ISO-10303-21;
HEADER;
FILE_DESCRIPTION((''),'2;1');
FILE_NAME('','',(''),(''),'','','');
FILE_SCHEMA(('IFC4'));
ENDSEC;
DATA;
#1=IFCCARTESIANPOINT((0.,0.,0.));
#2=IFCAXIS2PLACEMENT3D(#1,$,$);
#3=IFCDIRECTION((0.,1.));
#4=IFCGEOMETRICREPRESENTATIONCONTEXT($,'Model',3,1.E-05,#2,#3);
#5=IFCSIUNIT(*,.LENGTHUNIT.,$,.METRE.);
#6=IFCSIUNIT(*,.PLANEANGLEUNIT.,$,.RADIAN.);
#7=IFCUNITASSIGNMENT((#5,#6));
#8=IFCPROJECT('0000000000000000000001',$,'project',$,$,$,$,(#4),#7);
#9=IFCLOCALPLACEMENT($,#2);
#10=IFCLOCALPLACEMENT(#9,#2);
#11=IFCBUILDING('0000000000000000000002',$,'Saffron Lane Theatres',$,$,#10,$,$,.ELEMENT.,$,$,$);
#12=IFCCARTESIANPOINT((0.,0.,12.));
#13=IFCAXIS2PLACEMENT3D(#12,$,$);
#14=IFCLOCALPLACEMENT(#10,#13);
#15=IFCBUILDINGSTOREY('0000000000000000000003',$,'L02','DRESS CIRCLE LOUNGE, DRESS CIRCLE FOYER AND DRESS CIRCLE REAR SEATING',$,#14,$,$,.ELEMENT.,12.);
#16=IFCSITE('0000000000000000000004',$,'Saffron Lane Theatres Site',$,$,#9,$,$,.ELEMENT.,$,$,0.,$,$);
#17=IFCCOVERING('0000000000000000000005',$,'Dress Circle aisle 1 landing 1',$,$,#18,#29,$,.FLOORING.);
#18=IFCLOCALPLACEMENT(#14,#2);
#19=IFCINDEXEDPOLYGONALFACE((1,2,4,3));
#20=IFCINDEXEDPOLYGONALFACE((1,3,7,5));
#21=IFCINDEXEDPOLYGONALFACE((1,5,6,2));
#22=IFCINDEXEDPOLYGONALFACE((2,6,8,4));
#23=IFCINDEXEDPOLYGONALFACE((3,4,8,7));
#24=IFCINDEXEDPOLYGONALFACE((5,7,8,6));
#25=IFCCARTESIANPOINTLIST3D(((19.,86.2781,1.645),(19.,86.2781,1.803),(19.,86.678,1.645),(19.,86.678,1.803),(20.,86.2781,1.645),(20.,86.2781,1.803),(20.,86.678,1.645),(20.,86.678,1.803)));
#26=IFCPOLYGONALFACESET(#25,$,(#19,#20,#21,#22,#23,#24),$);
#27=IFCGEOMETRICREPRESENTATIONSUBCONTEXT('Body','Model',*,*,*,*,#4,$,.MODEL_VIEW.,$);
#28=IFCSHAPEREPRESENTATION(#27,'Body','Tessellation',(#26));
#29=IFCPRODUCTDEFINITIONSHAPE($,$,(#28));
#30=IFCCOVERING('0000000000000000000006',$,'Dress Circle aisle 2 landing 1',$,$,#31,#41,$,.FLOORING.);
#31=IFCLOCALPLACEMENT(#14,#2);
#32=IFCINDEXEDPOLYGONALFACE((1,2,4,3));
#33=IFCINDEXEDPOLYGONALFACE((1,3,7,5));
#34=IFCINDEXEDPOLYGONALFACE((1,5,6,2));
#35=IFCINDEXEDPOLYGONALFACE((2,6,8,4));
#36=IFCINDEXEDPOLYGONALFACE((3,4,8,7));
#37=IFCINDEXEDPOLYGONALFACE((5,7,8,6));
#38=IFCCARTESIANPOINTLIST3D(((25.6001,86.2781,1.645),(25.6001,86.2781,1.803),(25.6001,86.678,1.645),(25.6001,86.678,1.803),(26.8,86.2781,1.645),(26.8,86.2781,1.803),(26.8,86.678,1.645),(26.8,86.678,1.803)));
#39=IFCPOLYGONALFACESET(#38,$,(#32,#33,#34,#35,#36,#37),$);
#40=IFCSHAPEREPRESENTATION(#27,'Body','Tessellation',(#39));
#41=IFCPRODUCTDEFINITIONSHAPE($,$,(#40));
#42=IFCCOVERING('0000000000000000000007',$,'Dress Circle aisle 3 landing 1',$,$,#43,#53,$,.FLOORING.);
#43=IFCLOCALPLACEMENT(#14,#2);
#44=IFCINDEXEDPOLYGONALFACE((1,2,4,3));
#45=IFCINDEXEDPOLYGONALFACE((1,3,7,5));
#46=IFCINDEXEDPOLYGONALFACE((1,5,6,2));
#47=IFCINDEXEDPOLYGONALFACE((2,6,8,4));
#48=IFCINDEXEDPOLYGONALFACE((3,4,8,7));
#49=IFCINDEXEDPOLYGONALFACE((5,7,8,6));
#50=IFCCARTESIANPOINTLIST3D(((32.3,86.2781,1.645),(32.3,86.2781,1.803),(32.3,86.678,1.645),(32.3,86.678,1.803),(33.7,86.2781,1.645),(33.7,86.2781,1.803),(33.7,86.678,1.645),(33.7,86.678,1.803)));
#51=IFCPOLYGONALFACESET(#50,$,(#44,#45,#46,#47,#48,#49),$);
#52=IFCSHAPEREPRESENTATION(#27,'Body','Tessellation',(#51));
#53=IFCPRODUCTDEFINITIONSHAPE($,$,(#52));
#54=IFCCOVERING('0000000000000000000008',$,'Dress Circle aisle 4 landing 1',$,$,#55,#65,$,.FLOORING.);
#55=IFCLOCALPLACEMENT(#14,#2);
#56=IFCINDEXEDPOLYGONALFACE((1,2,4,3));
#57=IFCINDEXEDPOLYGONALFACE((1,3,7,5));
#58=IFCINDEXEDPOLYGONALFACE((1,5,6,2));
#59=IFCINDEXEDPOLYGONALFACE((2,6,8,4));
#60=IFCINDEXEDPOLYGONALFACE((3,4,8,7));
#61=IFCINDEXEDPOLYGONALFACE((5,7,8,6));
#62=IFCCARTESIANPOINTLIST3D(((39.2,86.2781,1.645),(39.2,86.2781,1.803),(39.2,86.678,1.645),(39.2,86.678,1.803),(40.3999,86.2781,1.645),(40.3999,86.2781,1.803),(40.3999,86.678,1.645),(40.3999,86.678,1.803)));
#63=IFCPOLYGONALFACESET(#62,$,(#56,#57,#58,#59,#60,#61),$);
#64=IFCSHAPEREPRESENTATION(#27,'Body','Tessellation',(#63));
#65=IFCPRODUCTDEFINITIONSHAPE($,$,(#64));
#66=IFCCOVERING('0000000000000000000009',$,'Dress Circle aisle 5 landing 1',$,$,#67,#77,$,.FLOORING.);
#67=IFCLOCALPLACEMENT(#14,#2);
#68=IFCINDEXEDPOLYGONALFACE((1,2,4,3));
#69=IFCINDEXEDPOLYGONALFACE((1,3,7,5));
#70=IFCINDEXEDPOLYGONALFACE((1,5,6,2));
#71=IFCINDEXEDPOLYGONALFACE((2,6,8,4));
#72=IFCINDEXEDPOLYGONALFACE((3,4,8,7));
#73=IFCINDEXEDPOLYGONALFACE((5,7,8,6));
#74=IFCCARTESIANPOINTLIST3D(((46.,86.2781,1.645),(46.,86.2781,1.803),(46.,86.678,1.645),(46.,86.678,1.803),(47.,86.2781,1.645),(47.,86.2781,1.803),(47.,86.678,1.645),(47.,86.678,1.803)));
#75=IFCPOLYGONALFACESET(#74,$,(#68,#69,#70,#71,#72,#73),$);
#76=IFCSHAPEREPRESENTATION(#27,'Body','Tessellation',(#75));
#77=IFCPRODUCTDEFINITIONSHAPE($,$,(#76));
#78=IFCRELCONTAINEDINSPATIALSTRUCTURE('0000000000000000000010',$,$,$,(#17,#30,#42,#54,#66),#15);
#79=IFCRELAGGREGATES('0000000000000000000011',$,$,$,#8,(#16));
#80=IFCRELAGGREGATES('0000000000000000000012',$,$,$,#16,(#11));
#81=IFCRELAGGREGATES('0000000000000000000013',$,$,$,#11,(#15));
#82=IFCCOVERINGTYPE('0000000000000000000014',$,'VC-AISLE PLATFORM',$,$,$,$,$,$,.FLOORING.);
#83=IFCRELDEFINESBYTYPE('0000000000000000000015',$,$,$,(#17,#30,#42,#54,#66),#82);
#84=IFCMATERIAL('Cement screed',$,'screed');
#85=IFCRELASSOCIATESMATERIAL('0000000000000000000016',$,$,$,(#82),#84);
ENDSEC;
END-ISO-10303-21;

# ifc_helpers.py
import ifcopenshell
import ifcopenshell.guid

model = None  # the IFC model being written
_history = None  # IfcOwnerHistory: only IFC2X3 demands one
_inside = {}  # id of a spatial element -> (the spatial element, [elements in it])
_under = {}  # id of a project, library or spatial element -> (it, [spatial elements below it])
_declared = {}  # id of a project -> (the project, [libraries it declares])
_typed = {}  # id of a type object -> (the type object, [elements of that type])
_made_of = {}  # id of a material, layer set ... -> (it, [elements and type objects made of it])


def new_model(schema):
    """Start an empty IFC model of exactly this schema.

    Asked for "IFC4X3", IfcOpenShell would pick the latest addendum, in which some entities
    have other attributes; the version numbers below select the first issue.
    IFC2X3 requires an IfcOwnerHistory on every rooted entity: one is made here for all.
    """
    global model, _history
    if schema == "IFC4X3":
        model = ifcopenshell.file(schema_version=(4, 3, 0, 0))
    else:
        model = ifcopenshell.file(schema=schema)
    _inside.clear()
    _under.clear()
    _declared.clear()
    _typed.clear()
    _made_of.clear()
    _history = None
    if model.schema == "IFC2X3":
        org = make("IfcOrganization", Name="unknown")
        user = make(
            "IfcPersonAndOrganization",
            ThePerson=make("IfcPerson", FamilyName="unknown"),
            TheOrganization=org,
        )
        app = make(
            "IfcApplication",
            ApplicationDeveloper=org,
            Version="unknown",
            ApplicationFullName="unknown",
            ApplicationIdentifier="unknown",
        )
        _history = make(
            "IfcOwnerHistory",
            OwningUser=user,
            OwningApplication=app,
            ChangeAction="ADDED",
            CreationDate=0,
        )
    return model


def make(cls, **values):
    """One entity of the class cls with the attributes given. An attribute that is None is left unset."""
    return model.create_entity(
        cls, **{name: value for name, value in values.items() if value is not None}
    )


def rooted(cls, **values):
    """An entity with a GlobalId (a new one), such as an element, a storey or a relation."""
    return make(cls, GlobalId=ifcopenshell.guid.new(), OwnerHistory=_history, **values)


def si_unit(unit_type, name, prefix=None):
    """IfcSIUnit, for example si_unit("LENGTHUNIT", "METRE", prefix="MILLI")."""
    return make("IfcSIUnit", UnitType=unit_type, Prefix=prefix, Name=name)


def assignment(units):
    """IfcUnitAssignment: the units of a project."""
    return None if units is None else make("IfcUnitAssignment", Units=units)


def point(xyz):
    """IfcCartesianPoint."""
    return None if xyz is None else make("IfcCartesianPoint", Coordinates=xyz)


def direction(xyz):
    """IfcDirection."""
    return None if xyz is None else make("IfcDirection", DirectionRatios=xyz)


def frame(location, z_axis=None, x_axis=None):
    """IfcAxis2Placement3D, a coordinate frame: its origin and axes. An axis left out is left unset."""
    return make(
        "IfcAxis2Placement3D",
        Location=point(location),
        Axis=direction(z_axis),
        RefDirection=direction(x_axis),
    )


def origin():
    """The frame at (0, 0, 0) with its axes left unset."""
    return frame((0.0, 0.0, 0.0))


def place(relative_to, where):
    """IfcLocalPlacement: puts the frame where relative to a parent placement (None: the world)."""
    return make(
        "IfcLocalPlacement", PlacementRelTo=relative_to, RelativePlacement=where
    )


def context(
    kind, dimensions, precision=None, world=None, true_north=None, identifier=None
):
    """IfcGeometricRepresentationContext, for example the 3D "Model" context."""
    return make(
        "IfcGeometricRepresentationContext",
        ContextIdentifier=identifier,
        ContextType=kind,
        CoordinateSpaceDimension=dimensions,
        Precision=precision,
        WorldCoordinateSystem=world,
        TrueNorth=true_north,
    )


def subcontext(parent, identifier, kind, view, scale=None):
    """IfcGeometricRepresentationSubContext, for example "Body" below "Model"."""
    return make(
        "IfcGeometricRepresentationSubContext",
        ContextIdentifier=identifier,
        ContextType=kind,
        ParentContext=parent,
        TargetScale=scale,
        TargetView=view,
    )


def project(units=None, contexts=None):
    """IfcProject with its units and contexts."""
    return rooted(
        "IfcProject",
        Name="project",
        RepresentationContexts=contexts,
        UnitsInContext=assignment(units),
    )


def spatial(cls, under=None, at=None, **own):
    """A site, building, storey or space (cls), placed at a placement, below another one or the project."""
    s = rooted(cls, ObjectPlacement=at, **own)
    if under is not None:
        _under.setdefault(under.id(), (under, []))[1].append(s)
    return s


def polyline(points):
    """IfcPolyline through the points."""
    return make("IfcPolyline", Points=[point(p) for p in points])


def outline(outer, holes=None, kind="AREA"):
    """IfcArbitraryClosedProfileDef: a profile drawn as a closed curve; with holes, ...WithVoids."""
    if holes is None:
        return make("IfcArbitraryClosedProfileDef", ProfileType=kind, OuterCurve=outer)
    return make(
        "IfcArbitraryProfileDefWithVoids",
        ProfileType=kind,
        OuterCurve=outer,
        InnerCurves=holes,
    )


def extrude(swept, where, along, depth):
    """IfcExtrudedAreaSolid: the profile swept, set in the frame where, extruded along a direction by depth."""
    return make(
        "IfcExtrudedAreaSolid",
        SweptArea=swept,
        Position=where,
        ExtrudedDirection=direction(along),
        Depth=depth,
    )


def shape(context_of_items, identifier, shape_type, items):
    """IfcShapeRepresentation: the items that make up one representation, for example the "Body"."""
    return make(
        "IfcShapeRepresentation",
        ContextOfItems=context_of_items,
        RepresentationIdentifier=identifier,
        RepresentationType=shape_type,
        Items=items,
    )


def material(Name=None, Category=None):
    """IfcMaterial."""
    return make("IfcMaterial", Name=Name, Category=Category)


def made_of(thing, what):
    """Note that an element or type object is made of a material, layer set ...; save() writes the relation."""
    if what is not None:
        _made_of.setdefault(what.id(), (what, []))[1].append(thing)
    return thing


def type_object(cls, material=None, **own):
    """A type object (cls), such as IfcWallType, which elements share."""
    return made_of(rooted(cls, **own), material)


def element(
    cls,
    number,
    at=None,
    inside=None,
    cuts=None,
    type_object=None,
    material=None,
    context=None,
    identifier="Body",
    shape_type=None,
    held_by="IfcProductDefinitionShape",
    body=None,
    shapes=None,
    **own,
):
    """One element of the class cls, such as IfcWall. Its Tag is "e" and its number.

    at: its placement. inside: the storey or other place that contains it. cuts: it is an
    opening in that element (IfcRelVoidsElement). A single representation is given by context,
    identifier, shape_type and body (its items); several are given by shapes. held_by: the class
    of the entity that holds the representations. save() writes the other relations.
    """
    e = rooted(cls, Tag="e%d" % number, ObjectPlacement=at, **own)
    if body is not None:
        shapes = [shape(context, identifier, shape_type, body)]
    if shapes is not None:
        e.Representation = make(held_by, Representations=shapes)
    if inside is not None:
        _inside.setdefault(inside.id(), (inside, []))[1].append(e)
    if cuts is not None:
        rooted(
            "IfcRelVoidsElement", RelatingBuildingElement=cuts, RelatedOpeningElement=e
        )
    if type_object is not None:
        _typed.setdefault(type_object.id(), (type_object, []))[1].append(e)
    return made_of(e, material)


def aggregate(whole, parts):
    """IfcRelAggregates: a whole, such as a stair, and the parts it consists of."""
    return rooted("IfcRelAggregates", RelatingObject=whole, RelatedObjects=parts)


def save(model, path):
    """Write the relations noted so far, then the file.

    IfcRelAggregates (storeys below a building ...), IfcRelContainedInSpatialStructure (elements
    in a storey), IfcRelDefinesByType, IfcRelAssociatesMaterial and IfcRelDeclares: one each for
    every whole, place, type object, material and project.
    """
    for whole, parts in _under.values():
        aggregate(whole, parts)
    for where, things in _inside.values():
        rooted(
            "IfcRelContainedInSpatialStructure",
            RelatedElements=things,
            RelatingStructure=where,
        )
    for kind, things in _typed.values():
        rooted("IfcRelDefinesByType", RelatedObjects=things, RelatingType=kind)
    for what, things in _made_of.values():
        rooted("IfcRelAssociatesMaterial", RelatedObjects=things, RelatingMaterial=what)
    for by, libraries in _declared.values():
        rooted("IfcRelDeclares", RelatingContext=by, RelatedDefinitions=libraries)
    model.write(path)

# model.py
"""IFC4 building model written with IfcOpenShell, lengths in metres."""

from ifc_helpers import new_model, si_unit, direction, frame, origin, place, context, subcontext, project, spatial, polyline, outline, extrude, material, type_object, element, save


model = new_model("IFC4")

# Units and contexts
model_context = context("Model", 3, precision=1e-05, world=origin(), true_north=direction((0.0, 1.0)))
body_context = subcontext(model_context, "Body", "Model", "MODEL_VIEW")
ifc_project = project(units=[si_unit("LENGTHUNIT", "METRE"), si_unit("PLANEANGLEUNIT", "RADIAN")], contexts=[model_context])

# Site, building, storey
site_placement = place(None, origin())
site = spatial("IfcSite", under=ifc_project, at=site_placement, Name="Saffron Lane Theatres Site", CompositionType="ELEMENT", RefElevation=0.0)
building_placement = place(site_placement, origin())
building = spatial("IfcBuilding", under=site, at=building_placement, Name="Saffron Lane Theatres", CompositionType="ELEMENT")
storey_placement = place(building_placement, frame((0.0, 0.0, 12.0)))
storey = spatial("IfcBuildingStorey", under=building, at=storey_placement, Name="L02", Description="DRESS CIRCLE LOUNGE, DRESS CIRCLE FOYER AND DRESS CIRCLE REAR SEATING", CompositionType="ELEMENT", Elevation=12.0)

# Coverings
ifc_material_1 = material(Name="Cement screed", Category="screed")
covering_type = type_object("IfcCoveringType", Name="VC-AISLE PLATFORM", PredefinedType="FLOORING", material=ifc_material_1)
covering_1_placement = place(storey_placement, frame((0.0, 0.0, 1.645)))
element("IfcCovering", 1, at=covering_1_placement, inside=storey, type_object=covering_type, Name="Dress Circle aisle 1 landing 1", PredefinedType="FLOORING", context=body_context, shape_type="SweptSolid", body=[
    extrude(outline(polyline([(19.0, 86.2781), (20.0, 86.2781), (20.0, 86.678), (19.0, 86.678), (19.0, 86.2781)])), origin(), (0.0, 0.0, 1.0), 0.158),
])
covering_2_placement = place(storey_placement, frame((0.0, 0.0, 1.645)))
element("IfcCovering", 2, at=covering_2_placement, inside=storey, type_object=covering_type, Name="Dress Circle aisle 2 landing 1", PredefinedType="FLOORING", context=body_context, shape_type="SweptSolid", body=[
    extrude(outline(polyline([(25.6001, 86.2781), (26.8, 86.2781), (26.8, 86.678), (25.6001, 86.678), (25.6001, 86.2781)])), origin(), (0.0, 0.0, 1.0), 0.158),
])
covering_3_placement = place(storey_placement, frame((0.0, 0.0, 1.645)))
element("IfcCovering", 3, at=covering_3_placement, inside=storey, type_object=covering_type, Name="Dress Circle aisle 3 landing 1", PredefinedType="FLOORING", context=body_context, shape_type="SweptSolid", body=[
    extrude(outline(polyline([(32.3, 86.2781), (33.7, 86.2781), (33.7, 86.678), (32.3, 86.678), (32.3, 86.2781)])), origin(), (0.0, 0.0, 1.0), 0.158),
])
covering_4_placement = place(storey_placement, frame((0.0, 0.0, 1.645)))
element("IfcCovering", 4, at=covering_4_placement, inside=storey, type_object=covering_type, Name="Dress Circle aisle 4 landing 1", PredefinedType="FLOORING", context=body_context, shape_type="SweptSolid", body=[
    extrude(outline(polyline([(39.2, 86.2781), (40.3999, 86.2781), (40.3999, 86.678), (39.2, 86.678), (39.2, 86.2781)])), origin(), (0.0, 0.0, 1.0), 0.158),
])
covering_5_placement = place(storey_placement, frame((0.0, 0.0, 1.645)))
element("IfcCovering", 5, at=covering_5_placement, inside=storey, type_object=covering_type, Name="Dress Circle aisle 5 landing 1", PredefinedType="FLOORING", context=body_context, shape_type="SweptSolid", body=[
    extrude(outline(polyline([(46.0, 86.2781), (47.0, 86.2781), (47.0, 86.678), (46.0, 86.678), (46.0, 86.2781)])), origin(), (0.0, 0.0, 1.0), 0.158),
])

save(model, "model.ifc")
